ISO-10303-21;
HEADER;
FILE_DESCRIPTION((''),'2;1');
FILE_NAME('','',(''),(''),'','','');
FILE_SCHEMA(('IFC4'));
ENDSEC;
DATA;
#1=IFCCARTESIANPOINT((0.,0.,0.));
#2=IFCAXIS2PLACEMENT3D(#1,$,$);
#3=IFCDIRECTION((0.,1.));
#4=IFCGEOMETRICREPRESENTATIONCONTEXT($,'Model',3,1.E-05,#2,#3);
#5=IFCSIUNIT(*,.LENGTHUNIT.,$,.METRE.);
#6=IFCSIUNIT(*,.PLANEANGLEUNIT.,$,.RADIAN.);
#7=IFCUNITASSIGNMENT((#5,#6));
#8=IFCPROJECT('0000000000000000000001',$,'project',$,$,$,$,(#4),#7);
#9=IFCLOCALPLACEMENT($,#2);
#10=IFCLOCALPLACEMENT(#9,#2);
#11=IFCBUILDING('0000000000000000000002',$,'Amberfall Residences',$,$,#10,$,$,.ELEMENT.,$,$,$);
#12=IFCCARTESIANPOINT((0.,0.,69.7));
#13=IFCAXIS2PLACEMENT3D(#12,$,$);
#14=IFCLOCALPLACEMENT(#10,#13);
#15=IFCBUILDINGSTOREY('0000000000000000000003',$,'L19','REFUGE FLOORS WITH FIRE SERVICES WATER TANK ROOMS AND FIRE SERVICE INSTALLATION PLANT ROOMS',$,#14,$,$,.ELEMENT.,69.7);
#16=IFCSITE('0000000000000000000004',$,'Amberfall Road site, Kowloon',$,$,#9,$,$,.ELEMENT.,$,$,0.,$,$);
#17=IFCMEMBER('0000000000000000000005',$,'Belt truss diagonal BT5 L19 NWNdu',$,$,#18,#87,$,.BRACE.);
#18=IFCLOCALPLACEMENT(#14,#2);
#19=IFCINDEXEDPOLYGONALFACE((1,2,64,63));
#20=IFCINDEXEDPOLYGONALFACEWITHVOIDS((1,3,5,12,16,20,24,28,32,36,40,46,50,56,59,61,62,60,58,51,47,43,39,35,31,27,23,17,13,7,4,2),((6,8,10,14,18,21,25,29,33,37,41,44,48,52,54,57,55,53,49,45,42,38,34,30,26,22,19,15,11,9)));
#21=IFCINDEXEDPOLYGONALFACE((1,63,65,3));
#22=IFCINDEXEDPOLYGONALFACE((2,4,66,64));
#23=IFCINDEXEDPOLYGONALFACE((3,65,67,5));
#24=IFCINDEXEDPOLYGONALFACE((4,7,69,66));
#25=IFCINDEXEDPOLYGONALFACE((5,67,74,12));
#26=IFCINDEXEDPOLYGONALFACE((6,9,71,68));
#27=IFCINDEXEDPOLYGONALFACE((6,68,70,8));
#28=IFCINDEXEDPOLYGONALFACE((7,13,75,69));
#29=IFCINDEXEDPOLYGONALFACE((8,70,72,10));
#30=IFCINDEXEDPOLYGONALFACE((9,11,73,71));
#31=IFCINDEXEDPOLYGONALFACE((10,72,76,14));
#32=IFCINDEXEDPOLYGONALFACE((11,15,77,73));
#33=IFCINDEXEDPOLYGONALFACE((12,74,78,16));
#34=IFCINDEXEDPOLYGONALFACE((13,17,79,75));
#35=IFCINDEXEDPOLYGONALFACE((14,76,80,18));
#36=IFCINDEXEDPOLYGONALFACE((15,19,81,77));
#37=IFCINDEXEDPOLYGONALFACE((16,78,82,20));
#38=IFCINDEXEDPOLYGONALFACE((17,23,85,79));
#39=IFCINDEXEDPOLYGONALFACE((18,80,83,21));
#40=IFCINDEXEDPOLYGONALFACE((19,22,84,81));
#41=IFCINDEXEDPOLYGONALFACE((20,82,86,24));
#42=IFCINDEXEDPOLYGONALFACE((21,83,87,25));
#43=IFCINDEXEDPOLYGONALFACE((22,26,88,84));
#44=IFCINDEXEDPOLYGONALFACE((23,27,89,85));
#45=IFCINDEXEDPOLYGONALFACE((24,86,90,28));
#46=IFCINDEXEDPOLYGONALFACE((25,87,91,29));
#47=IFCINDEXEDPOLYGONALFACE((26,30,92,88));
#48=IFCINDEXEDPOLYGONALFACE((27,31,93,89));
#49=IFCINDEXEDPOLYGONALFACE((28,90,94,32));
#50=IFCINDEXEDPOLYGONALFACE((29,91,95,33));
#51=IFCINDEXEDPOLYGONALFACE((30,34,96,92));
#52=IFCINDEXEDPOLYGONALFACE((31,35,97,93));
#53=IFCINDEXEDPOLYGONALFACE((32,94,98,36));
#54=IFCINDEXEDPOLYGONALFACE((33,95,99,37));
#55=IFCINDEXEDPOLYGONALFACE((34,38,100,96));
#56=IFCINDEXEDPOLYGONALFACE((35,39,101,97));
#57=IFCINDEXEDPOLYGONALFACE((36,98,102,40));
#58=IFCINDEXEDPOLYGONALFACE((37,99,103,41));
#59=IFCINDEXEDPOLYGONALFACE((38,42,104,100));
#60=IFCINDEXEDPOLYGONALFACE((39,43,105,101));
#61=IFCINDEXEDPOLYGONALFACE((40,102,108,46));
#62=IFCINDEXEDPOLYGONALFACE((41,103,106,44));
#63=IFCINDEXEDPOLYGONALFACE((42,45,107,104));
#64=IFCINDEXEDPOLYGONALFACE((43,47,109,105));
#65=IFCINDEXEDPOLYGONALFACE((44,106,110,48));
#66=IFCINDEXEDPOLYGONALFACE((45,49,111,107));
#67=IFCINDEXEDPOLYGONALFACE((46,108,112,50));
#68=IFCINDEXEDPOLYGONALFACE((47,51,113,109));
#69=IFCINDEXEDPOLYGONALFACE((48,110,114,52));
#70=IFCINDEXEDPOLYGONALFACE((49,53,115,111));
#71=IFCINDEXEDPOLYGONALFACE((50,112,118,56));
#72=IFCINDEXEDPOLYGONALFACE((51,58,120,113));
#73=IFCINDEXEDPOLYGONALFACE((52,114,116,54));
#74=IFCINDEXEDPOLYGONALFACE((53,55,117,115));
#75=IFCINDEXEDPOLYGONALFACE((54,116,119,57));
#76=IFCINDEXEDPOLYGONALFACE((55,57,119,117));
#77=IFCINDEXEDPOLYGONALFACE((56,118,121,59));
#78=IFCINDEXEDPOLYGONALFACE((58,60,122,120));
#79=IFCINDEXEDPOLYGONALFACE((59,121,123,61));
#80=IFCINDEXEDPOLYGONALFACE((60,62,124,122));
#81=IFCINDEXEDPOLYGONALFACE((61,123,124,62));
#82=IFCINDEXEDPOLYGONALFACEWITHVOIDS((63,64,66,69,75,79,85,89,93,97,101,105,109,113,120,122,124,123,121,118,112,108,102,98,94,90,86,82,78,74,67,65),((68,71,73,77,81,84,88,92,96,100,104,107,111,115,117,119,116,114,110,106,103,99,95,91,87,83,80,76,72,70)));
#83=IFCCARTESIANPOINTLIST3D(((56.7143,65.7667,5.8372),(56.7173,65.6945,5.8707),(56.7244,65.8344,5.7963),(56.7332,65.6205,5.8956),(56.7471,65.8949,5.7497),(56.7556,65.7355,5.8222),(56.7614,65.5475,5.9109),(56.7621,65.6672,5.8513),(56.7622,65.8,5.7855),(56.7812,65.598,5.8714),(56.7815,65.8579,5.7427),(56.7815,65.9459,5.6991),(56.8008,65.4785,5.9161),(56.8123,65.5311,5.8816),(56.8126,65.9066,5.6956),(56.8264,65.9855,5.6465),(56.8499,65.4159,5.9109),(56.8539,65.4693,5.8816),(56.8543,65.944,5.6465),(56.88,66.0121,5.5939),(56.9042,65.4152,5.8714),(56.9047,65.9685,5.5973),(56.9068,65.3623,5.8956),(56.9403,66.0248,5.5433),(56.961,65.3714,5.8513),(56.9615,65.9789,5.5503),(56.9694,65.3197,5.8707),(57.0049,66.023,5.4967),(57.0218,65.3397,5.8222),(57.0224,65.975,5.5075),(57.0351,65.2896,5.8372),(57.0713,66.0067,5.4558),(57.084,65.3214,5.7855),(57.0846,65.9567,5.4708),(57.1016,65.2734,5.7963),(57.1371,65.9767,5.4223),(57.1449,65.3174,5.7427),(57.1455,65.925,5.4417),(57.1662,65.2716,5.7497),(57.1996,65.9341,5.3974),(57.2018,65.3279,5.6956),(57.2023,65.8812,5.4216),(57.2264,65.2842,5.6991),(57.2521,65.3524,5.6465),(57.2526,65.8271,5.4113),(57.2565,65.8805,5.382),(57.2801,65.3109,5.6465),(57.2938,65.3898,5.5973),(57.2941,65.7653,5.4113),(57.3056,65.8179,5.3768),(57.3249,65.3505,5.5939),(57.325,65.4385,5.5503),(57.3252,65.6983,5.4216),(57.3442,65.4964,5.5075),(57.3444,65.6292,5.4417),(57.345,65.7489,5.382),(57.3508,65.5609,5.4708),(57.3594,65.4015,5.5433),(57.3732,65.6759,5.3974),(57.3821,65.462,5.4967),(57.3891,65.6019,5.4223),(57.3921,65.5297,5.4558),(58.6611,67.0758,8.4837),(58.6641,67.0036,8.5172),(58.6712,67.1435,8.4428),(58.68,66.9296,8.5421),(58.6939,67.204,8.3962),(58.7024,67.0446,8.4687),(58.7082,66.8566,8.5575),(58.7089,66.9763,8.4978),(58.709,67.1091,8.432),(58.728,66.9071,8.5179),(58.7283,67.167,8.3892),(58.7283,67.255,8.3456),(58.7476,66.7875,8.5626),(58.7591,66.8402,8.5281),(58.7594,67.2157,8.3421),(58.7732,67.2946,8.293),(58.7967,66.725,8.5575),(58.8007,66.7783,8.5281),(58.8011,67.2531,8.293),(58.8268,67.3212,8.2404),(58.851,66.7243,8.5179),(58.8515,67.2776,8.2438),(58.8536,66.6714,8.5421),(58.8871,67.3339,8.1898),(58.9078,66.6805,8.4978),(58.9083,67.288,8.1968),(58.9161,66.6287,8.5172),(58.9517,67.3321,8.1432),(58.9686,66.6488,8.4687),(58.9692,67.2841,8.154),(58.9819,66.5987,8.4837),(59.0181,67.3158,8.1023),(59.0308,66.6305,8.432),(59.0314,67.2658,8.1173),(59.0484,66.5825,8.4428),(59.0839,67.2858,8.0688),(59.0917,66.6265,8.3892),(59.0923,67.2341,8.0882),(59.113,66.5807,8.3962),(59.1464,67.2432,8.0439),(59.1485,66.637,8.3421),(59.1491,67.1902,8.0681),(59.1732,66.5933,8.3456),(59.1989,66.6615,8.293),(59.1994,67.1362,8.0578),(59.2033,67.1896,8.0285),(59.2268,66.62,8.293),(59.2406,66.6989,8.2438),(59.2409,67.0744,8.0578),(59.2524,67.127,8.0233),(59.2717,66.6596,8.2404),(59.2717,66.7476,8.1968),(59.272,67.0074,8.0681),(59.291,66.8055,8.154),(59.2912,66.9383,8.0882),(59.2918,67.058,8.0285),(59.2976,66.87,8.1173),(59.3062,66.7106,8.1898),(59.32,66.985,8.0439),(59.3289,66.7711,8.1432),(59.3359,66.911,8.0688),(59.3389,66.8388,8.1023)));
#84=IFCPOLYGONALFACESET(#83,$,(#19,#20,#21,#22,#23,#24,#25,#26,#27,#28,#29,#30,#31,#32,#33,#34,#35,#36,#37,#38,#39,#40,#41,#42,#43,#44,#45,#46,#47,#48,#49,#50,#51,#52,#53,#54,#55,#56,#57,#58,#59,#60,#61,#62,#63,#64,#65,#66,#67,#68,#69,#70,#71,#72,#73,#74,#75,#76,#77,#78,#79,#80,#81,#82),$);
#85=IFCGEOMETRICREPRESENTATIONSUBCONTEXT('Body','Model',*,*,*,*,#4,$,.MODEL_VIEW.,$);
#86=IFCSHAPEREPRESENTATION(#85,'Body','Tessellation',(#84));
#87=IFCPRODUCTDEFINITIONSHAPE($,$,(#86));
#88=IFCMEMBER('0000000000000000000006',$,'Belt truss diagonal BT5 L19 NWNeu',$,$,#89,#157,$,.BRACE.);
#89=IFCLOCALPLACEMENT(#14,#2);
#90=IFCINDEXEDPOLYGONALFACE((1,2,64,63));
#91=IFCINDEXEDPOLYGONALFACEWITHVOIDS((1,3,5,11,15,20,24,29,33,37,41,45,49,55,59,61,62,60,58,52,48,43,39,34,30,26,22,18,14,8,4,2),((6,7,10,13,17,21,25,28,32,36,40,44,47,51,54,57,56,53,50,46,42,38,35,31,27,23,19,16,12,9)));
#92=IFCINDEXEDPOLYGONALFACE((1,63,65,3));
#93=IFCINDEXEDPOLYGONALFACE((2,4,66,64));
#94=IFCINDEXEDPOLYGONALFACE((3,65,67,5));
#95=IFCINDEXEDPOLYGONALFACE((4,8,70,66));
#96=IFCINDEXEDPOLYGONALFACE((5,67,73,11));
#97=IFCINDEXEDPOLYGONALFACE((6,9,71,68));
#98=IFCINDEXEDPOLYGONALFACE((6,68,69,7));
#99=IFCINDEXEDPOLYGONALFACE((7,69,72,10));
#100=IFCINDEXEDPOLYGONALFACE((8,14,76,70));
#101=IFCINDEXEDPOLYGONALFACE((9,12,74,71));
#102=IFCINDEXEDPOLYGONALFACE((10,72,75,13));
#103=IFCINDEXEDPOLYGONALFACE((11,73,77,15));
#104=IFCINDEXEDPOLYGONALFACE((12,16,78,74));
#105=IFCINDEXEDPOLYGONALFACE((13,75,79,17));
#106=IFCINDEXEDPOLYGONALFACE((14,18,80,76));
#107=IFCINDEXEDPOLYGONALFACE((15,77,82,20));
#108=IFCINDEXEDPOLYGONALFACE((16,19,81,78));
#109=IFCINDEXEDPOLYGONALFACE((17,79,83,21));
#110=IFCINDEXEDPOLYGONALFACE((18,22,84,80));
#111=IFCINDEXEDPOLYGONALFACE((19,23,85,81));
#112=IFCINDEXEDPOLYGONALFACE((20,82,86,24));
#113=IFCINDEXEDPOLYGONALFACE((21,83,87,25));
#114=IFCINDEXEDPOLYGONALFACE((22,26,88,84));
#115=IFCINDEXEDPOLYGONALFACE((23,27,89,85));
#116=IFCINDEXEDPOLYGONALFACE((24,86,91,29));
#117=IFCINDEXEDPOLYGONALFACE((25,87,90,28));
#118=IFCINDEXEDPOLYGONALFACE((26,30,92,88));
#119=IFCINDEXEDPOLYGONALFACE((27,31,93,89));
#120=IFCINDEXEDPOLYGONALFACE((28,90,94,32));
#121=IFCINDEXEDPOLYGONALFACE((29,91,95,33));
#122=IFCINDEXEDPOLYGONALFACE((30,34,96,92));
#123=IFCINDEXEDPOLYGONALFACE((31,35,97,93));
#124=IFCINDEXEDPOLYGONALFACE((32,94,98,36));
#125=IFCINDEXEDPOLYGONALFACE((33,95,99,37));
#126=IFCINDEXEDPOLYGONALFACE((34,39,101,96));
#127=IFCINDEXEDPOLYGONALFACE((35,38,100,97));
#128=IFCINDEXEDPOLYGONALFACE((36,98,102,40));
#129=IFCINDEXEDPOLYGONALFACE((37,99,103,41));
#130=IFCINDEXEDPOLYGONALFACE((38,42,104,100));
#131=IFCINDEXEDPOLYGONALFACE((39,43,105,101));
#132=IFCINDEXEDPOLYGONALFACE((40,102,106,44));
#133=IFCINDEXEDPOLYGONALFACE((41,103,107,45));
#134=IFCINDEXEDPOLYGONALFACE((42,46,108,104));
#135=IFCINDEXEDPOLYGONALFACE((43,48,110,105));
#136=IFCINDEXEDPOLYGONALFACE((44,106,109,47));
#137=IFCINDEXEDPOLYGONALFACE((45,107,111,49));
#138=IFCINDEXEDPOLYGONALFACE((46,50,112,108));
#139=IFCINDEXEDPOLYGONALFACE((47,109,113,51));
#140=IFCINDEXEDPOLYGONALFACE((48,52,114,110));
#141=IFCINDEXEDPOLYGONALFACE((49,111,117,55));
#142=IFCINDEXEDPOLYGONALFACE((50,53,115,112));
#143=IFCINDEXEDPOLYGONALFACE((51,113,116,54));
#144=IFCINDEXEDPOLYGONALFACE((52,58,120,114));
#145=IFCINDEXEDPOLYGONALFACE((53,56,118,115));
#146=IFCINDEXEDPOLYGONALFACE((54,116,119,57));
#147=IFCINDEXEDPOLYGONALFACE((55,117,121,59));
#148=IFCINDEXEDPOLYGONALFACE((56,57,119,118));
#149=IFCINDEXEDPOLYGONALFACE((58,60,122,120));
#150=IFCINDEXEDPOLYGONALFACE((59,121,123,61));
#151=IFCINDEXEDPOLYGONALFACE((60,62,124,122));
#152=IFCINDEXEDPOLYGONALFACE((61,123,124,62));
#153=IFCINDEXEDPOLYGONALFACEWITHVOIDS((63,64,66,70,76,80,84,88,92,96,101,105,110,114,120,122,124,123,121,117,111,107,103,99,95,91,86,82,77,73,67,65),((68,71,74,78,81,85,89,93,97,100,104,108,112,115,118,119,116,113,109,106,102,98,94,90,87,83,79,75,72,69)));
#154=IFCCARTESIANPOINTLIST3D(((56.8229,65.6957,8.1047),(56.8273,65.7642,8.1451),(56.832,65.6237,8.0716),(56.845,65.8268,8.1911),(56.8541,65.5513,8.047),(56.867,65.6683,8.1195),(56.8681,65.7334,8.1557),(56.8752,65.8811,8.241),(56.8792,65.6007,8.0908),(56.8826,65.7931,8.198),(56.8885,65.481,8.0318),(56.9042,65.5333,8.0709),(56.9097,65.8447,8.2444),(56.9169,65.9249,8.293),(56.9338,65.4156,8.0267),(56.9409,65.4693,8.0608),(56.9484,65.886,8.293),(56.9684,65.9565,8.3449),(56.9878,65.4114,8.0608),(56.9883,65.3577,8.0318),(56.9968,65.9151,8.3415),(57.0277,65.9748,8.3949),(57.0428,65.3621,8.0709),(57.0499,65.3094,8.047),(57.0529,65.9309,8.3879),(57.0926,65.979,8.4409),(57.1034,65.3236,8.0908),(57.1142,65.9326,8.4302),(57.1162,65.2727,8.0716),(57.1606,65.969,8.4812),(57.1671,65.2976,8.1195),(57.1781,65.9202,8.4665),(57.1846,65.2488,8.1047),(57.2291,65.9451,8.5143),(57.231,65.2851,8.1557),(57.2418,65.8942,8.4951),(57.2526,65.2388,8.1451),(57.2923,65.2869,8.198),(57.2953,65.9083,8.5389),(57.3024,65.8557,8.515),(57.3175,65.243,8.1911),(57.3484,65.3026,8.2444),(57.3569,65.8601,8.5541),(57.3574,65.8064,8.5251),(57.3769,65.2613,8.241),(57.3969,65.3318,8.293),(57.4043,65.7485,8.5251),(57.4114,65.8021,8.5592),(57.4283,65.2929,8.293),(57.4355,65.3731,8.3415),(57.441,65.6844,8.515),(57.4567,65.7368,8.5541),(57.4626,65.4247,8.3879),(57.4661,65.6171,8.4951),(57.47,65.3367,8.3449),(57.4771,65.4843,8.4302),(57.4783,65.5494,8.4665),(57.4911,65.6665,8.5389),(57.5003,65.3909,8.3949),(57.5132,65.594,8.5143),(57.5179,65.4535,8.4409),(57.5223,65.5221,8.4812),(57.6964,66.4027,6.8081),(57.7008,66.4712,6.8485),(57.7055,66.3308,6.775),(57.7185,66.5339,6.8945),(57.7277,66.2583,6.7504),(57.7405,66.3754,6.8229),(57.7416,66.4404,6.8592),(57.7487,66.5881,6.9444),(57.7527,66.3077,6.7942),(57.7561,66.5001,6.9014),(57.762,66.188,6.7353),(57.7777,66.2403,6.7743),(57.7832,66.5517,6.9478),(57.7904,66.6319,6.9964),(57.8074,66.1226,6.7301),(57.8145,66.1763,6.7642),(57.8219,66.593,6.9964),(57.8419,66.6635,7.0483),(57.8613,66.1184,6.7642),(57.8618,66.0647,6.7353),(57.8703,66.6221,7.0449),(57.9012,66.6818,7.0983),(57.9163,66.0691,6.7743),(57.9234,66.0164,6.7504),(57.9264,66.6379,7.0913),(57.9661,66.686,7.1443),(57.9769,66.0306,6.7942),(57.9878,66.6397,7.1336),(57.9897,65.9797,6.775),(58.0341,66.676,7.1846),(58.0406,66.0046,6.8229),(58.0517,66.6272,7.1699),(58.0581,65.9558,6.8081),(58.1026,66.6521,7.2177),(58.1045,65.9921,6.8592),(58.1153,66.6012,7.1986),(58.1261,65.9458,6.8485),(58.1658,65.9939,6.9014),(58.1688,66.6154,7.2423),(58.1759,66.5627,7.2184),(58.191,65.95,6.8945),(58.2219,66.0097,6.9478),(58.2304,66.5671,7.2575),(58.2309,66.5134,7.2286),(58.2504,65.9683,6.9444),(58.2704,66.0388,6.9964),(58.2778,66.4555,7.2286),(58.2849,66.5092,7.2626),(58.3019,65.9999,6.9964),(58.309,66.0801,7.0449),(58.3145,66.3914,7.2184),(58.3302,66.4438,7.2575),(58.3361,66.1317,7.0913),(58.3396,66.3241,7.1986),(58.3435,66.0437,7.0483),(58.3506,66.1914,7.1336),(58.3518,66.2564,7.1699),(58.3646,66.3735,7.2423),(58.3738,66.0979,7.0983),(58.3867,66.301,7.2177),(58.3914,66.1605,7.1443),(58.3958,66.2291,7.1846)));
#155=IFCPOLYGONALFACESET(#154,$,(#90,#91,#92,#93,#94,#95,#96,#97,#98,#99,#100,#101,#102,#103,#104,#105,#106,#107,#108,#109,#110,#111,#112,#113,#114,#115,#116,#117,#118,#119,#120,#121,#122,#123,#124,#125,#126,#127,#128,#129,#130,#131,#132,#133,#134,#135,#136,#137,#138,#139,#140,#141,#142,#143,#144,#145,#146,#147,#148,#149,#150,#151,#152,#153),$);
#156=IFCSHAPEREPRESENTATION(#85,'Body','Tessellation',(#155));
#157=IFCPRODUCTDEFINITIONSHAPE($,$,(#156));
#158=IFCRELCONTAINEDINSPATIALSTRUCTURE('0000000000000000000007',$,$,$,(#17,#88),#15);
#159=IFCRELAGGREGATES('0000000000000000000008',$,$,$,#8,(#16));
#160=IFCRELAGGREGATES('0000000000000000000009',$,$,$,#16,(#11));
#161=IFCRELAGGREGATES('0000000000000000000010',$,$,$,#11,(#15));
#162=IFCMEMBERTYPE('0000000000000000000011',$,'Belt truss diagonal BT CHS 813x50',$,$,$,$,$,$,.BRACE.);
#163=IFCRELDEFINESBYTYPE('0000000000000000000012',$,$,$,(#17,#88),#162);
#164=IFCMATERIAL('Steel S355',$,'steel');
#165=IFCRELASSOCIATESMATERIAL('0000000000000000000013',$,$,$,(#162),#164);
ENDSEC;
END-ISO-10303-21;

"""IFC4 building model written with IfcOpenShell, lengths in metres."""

from ifc_helpers import new_model, si_unit, direction, frame, origin, origin_2d, place, context, subcontext, project, spatial, hollow_circle, extrude, material, material_profile, profile_set, type_object, element, save


model = new_model("IFC4")

# Units and contexts
model_context = context("Model", 3, precision=1e-05, world=origin(), true_north=direction((0.0, 1.0)))
body_context = subcontext(model_context, "Body", "Model", "MODEL_VIEW")
ifc_project = project(units=[si_unit("LENGTHUNIT", "METRE"), si_unit("PLANEANGLEUNIT", "RADIAN")], contexts=[model_context])

# Site, building, storey
site_placement = place(None, origin())
site = spatial("IfcSite", under=ifc_project, at=site_placement, Name="Amberfall Road site, Kowloon", CompositionType="ELEMENT", RefElevation=0.0)
building_placement = place(site_placement, origin())
building = spatial("IfcBuilding", under=site, at=building_placement, Name="Amberfall Residences", CompositionType="ELEMENT")
storey_placement = place(building_placement, frame((0.0, 0.0, 69.7)))
storey = spatial("IfcBuildingStorey", under=building, at=storey_placement, Name="L19", Description="REFUGE FLOORS WITH FIRE SERVICES WATER TANK ROOMS AND FIRE SERVICE INSTALLATION PLANT ROOMS", CompositionType="ELEMENT", Elevation=69.7)

# Shared definitions
ifc_material_1 = material(Name="Steel S355", Category="steel")

# Members
ifc_material_profile_1 = material_profile(ifc_material_1, hollow_circle(Radius=0.4065, WallThickness=0.05, at=origin_2d()), Name="CHS 813x50")
ifc_profile_set_1 = profile_set([ifc_material_profile_1], Name="Steel S355")
member_type = type_object("IfcMemberType", Name="Belt truss diagonal BT CHS 813x50", PredefinedType="BRACE", material=ifc_profile_set_1)
member_1_placement = place(storey_placement, frame((57.0532, 65.6482, 5.6465), z_axis=(0.550466, 0.370153, 0.748314), x_axis=(-0.55801, 0.829834, 0.0)))
element("IfcMember", 1, at=member_1_placement, inside=storey, type_object=member_type, Name="Belt truss diagonal BT5 L19 NWNdu", PredefinedType="BRACE", context=body_context, shape_type="SweptSolid", body=[
    extrude(hollow_circle(Radius=0.4065, WallThickness=0.05, at=origin_2d()), origin(), (0.0, 0.0, 1.0), 3.5366),
])
member_2_placement = place(storey_placement, frame((57.1726, 65.6089, 8.293), z_axis=(0.509092, 0.412054, -0.75567), x_axis=(-0.629136, 0.777295, 0.0)))
element("IfcMember", 2, at=member_2_placement, inside=storey, type_object=member_type, Name="Belt truss diagonal BT5 L19 NWNeu", PredefinedType="BRACE", context=body_context, shape_type="SweptSolid", body=[
    extrude(hollow_circle(Radius=0.4065, WallThickness=0.05, at=origin_2d()), origin(), (0.0, 0.0, 1.0), 1.7158),
])

save(model, "model.ifc")
